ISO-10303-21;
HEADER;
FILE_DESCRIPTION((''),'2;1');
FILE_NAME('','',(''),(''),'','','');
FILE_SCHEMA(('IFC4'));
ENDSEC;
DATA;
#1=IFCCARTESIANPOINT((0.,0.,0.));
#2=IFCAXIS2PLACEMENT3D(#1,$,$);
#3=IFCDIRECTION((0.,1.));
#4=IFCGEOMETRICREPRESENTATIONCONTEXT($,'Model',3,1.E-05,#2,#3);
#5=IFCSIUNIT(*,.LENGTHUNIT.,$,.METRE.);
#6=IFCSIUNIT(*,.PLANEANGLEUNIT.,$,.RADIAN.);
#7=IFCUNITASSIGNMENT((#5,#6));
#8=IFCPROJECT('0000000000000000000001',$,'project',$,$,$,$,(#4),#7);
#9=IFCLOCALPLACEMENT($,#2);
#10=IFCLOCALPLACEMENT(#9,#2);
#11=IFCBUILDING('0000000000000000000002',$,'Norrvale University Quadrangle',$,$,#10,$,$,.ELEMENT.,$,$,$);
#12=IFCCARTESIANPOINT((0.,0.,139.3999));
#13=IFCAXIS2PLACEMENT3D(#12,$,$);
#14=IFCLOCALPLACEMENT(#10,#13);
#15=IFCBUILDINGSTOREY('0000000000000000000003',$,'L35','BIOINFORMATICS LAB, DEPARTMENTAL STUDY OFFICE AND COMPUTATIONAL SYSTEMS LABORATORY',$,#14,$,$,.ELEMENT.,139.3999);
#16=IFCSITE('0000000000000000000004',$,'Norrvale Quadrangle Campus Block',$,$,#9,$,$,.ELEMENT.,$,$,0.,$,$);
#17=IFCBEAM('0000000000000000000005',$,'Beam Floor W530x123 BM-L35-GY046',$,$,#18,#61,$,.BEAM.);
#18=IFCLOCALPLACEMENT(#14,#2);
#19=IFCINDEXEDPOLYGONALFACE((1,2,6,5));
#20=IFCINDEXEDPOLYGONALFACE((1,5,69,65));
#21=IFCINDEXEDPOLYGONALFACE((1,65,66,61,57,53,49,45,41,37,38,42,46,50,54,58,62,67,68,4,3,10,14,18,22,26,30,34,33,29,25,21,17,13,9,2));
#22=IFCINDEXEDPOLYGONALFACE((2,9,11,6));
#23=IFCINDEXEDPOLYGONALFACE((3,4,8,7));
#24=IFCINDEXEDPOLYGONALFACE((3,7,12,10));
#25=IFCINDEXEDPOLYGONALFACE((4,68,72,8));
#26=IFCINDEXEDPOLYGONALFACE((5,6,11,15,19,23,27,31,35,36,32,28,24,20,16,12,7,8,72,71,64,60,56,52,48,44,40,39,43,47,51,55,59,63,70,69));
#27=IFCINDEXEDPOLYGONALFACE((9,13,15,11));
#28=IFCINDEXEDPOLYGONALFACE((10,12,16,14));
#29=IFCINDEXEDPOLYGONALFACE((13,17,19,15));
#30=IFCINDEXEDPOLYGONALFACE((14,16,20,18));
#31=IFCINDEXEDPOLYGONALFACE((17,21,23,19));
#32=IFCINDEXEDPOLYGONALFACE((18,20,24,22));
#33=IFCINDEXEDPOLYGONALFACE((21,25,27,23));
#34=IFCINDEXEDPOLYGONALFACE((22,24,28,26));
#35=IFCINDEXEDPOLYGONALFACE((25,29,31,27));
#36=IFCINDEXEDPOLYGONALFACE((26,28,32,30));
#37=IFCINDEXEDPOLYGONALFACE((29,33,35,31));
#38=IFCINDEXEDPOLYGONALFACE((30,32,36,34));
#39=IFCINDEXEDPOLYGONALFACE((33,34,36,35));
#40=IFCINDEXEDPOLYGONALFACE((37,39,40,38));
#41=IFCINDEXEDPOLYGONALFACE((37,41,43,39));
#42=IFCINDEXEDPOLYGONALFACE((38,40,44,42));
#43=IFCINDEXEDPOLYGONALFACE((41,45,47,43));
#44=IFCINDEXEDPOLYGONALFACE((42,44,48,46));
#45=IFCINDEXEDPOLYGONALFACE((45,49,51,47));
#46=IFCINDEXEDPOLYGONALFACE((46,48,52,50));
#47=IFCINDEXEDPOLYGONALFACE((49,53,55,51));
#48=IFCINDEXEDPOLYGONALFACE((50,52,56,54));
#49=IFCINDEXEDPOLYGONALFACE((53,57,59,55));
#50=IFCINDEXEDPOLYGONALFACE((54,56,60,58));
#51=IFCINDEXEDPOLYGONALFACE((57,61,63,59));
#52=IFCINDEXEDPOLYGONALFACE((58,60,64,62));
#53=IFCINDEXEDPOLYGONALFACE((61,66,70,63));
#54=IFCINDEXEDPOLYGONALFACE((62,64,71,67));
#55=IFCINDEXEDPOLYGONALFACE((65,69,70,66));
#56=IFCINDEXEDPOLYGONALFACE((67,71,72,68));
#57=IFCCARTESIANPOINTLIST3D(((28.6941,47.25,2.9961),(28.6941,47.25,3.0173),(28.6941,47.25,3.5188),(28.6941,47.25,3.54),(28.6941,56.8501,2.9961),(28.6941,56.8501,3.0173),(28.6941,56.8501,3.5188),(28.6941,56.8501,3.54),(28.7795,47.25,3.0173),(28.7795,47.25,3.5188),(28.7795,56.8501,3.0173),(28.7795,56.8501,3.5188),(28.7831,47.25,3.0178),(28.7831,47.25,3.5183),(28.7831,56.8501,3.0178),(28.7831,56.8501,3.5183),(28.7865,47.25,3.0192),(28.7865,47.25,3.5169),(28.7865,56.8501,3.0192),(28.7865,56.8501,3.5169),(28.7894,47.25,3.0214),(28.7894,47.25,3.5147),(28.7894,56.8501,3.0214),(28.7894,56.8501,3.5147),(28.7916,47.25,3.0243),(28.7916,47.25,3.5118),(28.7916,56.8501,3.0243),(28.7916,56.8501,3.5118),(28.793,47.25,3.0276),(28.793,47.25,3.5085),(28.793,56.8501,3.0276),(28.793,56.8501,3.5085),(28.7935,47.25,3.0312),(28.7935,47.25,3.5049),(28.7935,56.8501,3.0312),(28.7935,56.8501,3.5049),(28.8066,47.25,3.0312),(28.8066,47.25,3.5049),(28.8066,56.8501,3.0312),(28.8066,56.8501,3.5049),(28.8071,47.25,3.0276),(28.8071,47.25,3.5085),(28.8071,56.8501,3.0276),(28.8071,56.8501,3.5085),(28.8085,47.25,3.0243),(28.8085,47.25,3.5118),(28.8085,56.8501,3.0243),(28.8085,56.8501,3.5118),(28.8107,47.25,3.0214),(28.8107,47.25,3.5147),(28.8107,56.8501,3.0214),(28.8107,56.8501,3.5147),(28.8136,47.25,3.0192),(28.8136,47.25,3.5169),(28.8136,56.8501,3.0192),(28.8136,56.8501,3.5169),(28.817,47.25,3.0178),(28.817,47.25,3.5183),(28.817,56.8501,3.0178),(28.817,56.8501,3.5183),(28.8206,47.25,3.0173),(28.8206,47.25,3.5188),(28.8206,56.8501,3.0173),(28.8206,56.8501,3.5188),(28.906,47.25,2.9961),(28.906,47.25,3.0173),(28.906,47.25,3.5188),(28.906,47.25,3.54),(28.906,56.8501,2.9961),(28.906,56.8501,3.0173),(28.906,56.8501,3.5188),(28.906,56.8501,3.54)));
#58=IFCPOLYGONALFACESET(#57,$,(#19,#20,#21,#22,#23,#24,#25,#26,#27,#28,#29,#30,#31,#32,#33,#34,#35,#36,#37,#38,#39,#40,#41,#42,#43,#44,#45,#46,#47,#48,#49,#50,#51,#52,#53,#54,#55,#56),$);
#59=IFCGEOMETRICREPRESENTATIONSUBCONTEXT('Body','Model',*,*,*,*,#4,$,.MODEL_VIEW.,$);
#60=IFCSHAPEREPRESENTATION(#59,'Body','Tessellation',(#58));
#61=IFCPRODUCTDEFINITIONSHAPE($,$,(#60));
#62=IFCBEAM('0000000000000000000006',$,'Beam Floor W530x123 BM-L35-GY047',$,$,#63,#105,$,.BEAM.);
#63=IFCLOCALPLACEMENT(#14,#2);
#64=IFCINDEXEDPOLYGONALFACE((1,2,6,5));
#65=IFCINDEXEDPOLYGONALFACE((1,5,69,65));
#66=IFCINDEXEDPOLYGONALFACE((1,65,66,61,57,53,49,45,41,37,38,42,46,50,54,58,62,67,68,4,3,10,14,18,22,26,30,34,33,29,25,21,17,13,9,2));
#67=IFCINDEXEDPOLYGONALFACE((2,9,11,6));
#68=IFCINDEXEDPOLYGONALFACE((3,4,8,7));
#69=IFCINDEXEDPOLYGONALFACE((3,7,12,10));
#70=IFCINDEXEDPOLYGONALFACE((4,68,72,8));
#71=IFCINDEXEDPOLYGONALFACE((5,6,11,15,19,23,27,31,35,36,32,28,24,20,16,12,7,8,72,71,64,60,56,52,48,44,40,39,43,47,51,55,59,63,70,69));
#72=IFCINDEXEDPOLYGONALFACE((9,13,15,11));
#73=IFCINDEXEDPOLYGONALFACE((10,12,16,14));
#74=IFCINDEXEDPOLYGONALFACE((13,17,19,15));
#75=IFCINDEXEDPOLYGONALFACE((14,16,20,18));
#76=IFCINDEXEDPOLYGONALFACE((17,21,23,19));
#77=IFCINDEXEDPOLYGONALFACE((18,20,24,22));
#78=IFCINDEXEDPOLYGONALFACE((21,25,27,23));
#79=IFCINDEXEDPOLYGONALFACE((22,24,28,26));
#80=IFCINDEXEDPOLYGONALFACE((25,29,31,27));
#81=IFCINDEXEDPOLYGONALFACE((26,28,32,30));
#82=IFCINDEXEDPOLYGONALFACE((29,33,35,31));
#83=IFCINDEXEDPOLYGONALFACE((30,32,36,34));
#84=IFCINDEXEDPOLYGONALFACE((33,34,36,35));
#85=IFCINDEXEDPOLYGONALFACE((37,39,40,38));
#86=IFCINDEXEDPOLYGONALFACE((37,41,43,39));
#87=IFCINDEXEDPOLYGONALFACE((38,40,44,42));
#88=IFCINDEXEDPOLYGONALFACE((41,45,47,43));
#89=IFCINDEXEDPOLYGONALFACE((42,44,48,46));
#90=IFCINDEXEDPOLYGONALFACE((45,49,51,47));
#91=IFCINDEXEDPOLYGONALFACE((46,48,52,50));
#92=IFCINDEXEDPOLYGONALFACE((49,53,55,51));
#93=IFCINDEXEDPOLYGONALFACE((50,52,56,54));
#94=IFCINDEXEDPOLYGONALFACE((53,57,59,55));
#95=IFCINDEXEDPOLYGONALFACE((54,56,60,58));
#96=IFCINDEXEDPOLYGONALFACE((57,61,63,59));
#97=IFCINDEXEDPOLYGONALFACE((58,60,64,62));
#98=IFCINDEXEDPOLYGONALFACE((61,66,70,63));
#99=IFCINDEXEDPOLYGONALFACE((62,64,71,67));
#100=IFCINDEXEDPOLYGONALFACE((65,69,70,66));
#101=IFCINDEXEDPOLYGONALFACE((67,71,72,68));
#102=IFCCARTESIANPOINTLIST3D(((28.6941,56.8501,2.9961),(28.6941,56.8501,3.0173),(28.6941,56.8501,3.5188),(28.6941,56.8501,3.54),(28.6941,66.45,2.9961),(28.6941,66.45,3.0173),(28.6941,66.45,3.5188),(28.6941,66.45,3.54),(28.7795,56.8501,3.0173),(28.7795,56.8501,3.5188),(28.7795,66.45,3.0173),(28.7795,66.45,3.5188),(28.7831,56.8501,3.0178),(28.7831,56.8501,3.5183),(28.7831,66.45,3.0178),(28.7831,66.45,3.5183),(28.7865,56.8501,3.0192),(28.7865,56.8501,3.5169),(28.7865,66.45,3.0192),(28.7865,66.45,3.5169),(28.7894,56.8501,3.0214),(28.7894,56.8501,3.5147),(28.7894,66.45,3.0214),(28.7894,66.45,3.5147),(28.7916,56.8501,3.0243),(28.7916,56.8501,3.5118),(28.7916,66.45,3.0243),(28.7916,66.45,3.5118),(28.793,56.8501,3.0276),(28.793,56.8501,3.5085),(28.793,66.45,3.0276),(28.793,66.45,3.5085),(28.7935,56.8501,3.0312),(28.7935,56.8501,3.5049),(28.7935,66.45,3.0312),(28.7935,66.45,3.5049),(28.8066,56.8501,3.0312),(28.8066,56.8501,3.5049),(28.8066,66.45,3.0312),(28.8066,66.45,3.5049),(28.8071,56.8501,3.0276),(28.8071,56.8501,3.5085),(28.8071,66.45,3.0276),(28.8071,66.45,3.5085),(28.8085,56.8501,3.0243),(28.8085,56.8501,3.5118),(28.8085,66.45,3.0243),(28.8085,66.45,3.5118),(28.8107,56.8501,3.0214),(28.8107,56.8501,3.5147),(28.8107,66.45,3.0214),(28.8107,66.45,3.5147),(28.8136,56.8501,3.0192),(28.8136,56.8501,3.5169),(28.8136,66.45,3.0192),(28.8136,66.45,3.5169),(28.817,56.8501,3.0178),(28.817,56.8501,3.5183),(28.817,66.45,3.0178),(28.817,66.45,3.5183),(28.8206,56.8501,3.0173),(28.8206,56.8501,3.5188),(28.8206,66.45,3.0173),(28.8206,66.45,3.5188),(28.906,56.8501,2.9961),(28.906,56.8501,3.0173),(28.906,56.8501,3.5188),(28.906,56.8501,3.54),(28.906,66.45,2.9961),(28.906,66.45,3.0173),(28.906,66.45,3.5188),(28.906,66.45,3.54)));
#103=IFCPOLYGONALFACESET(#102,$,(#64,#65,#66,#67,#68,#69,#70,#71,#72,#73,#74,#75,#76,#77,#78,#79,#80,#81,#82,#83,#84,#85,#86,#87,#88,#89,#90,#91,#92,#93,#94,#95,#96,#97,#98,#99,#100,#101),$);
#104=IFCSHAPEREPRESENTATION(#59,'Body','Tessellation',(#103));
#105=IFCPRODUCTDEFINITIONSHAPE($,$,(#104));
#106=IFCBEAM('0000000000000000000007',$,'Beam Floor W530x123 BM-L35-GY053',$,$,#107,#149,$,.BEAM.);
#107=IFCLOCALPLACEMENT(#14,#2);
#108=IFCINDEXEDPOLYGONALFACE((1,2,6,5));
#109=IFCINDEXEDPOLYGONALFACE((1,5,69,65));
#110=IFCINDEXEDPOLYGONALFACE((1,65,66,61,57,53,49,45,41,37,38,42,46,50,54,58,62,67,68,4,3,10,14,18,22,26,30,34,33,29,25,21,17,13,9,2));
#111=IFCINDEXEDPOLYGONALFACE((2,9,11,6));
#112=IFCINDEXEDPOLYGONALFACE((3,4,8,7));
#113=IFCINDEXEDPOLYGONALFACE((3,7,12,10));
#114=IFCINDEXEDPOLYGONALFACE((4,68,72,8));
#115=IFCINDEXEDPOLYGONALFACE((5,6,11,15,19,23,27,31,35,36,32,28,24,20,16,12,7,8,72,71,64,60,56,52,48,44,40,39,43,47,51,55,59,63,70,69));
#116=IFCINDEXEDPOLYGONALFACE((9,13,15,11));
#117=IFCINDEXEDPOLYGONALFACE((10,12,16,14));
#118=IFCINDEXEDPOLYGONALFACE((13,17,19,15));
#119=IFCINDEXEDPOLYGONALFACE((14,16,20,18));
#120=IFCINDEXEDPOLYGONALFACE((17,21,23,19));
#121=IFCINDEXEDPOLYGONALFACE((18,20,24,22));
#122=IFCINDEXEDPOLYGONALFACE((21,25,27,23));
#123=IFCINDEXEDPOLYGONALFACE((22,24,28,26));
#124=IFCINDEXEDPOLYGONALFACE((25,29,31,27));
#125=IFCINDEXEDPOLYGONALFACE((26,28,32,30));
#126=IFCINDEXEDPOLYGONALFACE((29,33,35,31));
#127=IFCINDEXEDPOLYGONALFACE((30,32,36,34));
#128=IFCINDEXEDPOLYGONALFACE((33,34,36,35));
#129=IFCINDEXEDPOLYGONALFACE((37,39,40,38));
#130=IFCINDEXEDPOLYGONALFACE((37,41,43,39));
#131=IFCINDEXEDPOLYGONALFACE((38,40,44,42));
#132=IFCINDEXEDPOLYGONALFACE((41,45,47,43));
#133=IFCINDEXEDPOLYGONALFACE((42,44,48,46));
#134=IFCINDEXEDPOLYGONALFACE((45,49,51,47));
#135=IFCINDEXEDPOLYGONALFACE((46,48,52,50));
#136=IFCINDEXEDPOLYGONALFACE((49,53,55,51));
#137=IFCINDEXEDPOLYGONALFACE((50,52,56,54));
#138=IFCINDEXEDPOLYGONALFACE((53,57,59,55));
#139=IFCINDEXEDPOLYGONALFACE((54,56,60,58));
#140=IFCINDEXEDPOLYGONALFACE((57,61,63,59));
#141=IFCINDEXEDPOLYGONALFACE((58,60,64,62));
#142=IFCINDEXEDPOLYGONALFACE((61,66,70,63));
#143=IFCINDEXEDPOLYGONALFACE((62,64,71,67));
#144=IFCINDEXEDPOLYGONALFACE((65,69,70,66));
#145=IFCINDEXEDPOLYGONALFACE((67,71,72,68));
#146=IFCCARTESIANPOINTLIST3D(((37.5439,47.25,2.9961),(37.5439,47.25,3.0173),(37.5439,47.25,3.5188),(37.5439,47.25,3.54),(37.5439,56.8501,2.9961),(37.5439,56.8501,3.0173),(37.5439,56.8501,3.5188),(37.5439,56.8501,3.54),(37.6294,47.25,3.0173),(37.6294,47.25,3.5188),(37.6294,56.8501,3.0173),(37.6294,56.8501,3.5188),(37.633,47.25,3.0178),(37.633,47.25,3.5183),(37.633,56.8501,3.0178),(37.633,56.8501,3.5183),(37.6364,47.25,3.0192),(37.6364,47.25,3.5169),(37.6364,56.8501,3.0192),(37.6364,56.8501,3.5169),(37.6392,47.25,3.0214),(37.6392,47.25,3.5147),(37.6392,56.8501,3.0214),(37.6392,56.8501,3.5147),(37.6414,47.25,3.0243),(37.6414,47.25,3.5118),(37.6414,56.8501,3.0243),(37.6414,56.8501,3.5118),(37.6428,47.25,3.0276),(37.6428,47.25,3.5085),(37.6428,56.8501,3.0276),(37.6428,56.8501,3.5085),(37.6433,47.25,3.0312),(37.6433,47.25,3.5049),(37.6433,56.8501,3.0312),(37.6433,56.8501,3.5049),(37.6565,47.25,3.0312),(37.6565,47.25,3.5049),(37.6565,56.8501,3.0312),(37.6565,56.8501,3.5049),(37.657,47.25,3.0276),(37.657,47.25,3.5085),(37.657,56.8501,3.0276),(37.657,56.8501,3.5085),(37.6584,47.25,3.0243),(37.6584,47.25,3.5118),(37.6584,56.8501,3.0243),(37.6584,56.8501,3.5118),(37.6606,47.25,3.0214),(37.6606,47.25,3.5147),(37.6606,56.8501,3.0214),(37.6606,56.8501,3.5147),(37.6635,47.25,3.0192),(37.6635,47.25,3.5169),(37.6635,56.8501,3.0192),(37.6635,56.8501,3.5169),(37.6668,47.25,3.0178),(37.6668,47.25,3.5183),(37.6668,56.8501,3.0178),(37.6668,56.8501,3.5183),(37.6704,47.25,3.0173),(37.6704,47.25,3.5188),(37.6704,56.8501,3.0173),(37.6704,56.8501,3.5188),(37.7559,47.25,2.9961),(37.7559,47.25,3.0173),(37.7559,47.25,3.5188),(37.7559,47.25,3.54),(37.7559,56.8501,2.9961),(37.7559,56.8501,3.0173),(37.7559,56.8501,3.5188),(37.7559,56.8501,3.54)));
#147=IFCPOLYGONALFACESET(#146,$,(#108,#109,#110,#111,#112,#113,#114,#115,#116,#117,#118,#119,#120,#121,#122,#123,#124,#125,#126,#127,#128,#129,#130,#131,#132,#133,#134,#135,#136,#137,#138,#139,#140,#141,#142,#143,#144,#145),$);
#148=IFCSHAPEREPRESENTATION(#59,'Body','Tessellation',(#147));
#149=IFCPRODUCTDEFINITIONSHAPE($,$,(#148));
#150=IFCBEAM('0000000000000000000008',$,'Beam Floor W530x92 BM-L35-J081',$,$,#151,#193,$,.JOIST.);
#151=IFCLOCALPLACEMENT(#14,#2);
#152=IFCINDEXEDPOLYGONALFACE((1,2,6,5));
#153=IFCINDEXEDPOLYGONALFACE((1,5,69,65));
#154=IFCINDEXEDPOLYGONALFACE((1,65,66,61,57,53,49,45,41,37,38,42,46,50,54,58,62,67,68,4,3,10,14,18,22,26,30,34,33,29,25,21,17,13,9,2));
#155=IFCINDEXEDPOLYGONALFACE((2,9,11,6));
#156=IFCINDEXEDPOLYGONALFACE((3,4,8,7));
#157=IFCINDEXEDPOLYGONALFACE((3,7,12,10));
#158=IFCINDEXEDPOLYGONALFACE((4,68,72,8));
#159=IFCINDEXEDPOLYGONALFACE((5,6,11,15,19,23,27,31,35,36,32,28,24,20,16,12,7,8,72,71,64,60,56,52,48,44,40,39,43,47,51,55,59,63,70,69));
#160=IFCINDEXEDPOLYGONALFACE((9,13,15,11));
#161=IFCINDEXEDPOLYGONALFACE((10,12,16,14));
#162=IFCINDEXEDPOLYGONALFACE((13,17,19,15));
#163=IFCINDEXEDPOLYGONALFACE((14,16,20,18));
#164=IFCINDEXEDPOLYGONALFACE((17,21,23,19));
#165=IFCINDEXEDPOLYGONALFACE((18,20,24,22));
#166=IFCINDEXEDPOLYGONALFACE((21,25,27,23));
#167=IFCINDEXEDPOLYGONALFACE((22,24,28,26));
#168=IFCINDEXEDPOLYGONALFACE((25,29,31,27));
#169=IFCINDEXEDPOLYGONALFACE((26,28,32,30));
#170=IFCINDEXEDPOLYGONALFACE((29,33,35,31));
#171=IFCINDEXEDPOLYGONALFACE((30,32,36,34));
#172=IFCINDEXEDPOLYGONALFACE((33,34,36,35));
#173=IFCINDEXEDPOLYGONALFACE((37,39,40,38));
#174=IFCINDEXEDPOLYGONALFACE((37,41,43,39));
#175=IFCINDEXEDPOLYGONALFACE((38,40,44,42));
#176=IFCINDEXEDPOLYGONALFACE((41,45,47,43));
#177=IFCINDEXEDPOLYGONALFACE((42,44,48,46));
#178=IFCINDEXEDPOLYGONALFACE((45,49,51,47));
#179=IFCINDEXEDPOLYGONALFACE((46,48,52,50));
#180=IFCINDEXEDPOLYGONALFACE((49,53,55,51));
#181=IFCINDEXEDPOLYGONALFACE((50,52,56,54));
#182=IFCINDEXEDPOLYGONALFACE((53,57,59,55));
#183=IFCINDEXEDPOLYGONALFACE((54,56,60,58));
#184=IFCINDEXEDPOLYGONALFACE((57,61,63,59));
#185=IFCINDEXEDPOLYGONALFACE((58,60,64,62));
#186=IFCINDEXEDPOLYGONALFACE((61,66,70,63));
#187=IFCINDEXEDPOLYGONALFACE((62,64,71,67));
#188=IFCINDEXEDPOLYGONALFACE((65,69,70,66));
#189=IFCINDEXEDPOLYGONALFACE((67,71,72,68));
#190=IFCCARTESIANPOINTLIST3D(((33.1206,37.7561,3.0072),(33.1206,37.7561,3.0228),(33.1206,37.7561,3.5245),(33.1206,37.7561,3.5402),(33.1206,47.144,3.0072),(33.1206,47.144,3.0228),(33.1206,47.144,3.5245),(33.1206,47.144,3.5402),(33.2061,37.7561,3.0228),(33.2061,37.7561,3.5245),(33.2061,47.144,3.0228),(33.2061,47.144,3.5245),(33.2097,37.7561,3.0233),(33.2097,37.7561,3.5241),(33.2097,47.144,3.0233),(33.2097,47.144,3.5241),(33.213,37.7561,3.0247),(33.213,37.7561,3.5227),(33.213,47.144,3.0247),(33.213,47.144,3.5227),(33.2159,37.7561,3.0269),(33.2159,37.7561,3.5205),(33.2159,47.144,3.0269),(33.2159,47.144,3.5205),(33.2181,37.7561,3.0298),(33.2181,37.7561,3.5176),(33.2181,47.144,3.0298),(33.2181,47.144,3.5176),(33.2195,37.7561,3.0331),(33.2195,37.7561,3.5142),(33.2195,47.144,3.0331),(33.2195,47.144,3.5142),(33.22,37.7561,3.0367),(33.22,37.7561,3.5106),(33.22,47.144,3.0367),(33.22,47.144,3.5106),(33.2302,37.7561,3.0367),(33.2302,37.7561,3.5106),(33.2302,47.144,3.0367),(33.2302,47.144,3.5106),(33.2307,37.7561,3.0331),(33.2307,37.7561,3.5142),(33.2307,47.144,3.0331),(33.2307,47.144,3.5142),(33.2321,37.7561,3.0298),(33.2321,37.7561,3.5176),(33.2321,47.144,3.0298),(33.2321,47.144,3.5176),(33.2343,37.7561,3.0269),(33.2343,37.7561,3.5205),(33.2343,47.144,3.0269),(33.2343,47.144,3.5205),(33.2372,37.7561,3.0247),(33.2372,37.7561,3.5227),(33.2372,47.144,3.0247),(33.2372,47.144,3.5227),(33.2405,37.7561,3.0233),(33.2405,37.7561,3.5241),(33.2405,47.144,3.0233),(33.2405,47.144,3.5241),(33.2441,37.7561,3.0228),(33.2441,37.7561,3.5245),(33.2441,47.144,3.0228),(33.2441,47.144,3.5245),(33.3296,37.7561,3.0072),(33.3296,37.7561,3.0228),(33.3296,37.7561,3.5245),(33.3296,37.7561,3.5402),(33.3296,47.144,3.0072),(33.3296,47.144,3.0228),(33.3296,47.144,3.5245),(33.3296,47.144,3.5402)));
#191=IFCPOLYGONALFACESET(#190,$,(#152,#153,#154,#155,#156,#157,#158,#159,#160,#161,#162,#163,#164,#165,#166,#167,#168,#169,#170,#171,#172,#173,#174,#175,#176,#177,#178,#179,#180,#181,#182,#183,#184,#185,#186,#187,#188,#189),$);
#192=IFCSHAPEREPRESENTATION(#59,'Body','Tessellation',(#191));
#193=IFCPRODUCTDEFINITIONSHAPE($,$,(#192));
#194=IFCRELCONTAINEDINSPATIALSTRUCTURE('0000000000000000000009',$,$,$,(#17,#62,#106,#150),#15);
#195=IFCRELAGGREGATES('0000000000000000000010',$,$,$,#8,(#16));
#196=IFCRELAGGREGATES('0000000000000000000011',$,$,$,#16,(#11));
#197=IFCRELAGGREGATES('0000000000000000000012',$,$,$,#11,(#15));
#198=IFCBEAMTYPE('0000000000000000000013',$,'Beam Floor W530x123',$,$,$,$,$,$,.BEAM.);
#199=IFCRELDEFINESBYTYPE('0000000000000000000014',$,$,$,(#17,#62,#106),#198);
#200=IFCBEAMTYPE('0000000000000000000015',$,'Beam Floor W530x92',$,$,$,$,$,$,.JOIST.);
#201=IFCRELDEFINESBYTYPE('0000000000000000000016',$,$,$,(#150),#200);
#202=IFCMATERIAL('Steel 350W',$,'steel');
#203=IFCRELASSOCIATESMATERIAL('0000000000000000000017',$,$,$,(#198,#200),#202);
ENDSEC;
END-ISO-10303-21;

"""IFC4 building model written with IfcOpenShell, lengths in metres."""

from ifc_helpers import new_model, si_unit, direction, frame, origin, origin_2d, place, context, subcontext, project, spatial, i_section, extrude, material, material_profile, profile_set, type_object, element, save


model = new_model("IFC4")

# Units and contexts
model_context = context("Model", 3, precision=1e-05, world=origin(), true_north=direction((0.0, 1.0)))
body_context = subcontext(model_context, "Body", "Model", "MODEL_VIEW")
ifc_project = project(units=[si_unit("LENGTHUNIT", "METRE"), si_unit("PLANEANGLEUNIT", "RADIAN")], contexts=[model_context])

# Site, building, storey
site_placement = place(None, origin())
site = spatial("IfcSite", under=ifc_project, at=site_placement, Name="Norrvale Quadrangle Campus Block", CompositionType="ELEMENT", RefElevation=0.0)
building_placement = place(site_placement, origin())
building = spatial("IfcBuilding", under=site, at=building_placement, Name="Norrvale University Quadrangle", CompositionType="ELEMENT")
storey_placement = place(building_placement, frame((0.0, 0.0, 139.3999)))
storey = spatial("IfcBuildingStorey", under=building, at=storey_placement, Name="L35", Description="BIOINFORMATICS LAB, DEPARTMENTAL STUDY OFFICE AND COMPUTATIONAL SYSTEMS LABORATORY", CompositionType="ELEMENT", Elevation=139.3999)

# Beams
ifc_material_1 = material(Name="Steel 350W", Category="steel")
ifc_material_profile_1 = material_profile(ifc_material_1, i_section(OverallWidth=0.2119, OverallDepth=0.5439, WebThickness=0.0132, FlangeThickness=0.0212, FilletRadius=0.0139, at=origin_2d()), Name="Steel 350W")
ifc_profile_set_1 = profile_set([ifc_material_profile_1], Name="Steel 350W")
beam_type_1 = type_object("IfcBeamType", Name="Beam Floor W530x123", PredefinedType="BEAM", material=ifc_profile_set_1)
beam_1_placement = place(storey_placement, frame((28.8, 47.25, 3.2681), z_axis=(0.0, 1.0, 0.0), x_axis=(-1.0, 0.0, 0.0)))
element("IfcBeam", 1, at=beam_1_placement, inside=storey, type_object=beam_type_1, Name="Beam Floor W530x123 BM-L35-GY046", PredefinedType="BEAM", context=body_context, shape_type="SweptSolid", body=[
    extrude(i_section(OverallWidth=0.2119, OverallDepth=0.5439, WebThickness=0.0132, FlangeThickness=0.0212, FilletRadius=0.0139, at=origin_2d()), origin(), (0.0, 0.0, 1.0), 9.6001),
])
beam_2_placement = place(storey_placement, frame((28.8, 56.8501, 3.2681), z_axis=(0.0, 1.0, 0.0), x_axis=(-1.0, 0.0, 0.0)))
element("IfcBeam", 2, at=beam_2_placement, inside=storey, type_object=beam_type_1, Name="Beam Floor W530x123 BM-L35-GY047", PredefinedType="BEAM", context=body_context, shape_type="SweptSolid", body=[
    extrude(i_section(OverallWidth=0.2119, OverallDepth=0.5439, WebThickness=0.0132, FlangeThickness=0.0212, FilletRadius=0.0139, at=origin_2d()), origin(), (0.0, 0.0, 1.0), 9.5999),
])
beam_3_placement = place(storey_placement, frame((37.6499, 47.25, 3.2681), z_axis=(0.0, 1.0, 0.0), x_axis=(-1.0, 0.0, 0.0)))
element("IfcBeam", 3, at=beam_3_placement, inside=storey, type_object=beam_type_1, Name="Beam Floor W530x123 BM-L35-GY053", PredefinedType="BEAM", context=body_context, shape_type="SweptSolid", body=[
    extrude(i_section(OverallWidth=0.2119, OverallDepth=0.5439, WebThickness=0.0132, FlangeThickness=0.0212, FilletRadius=0.0139, at=origin_2d()), origin(), (0.0, 0.0, 1.0), 9.6001),
])
ifc_material_profile_2 = material_profile(ifc_material_1, i_section(OverallWidth=0.209, OverallDepth=0.533, WebThickness=0.0103, FlangeThickness=0.0156, FilletRadius=0.0139, at=origin_2d()), Name="Steel 350W")
ifc_profile_set_2 = profile_set([ifc_material_profile_2], Name="Steel 350W")
beam_type_2 = type_object("IfcBeamType", Name="Beam Floor W530x92", PredefinedType="JOIST", material=ifc_profile_set_2)
for number, where, z_axis, x_axis, name in (
    (4, (33.2251, 37.7561, 3.2737), (0.0, 1.0, 0.0), (-1.0, 0.0, 0.0), "Beam Floor W530x92 BM-L35-J081"),
):
    element("IfcBeam", number, at=place(storey_placement, frame(where, z_axis=z_axis, x_axis=x_axis)), inside=storey, type_object=beam_type_2, Name=name, PredefinedType="JOIST", context=body_context, shape_type="SweptSolid", body=[
        extrude(i_section(OverallWidth=0.209, OverallDepth=0.533, WebThickness=0.0103, FlangeThickness=0.0156, FilletRadius=0.0139, at=origin_2d()), origin(), (0.0, 0.0, 1.0), 9.3879),
    ])

save(model, "model.ifc")
